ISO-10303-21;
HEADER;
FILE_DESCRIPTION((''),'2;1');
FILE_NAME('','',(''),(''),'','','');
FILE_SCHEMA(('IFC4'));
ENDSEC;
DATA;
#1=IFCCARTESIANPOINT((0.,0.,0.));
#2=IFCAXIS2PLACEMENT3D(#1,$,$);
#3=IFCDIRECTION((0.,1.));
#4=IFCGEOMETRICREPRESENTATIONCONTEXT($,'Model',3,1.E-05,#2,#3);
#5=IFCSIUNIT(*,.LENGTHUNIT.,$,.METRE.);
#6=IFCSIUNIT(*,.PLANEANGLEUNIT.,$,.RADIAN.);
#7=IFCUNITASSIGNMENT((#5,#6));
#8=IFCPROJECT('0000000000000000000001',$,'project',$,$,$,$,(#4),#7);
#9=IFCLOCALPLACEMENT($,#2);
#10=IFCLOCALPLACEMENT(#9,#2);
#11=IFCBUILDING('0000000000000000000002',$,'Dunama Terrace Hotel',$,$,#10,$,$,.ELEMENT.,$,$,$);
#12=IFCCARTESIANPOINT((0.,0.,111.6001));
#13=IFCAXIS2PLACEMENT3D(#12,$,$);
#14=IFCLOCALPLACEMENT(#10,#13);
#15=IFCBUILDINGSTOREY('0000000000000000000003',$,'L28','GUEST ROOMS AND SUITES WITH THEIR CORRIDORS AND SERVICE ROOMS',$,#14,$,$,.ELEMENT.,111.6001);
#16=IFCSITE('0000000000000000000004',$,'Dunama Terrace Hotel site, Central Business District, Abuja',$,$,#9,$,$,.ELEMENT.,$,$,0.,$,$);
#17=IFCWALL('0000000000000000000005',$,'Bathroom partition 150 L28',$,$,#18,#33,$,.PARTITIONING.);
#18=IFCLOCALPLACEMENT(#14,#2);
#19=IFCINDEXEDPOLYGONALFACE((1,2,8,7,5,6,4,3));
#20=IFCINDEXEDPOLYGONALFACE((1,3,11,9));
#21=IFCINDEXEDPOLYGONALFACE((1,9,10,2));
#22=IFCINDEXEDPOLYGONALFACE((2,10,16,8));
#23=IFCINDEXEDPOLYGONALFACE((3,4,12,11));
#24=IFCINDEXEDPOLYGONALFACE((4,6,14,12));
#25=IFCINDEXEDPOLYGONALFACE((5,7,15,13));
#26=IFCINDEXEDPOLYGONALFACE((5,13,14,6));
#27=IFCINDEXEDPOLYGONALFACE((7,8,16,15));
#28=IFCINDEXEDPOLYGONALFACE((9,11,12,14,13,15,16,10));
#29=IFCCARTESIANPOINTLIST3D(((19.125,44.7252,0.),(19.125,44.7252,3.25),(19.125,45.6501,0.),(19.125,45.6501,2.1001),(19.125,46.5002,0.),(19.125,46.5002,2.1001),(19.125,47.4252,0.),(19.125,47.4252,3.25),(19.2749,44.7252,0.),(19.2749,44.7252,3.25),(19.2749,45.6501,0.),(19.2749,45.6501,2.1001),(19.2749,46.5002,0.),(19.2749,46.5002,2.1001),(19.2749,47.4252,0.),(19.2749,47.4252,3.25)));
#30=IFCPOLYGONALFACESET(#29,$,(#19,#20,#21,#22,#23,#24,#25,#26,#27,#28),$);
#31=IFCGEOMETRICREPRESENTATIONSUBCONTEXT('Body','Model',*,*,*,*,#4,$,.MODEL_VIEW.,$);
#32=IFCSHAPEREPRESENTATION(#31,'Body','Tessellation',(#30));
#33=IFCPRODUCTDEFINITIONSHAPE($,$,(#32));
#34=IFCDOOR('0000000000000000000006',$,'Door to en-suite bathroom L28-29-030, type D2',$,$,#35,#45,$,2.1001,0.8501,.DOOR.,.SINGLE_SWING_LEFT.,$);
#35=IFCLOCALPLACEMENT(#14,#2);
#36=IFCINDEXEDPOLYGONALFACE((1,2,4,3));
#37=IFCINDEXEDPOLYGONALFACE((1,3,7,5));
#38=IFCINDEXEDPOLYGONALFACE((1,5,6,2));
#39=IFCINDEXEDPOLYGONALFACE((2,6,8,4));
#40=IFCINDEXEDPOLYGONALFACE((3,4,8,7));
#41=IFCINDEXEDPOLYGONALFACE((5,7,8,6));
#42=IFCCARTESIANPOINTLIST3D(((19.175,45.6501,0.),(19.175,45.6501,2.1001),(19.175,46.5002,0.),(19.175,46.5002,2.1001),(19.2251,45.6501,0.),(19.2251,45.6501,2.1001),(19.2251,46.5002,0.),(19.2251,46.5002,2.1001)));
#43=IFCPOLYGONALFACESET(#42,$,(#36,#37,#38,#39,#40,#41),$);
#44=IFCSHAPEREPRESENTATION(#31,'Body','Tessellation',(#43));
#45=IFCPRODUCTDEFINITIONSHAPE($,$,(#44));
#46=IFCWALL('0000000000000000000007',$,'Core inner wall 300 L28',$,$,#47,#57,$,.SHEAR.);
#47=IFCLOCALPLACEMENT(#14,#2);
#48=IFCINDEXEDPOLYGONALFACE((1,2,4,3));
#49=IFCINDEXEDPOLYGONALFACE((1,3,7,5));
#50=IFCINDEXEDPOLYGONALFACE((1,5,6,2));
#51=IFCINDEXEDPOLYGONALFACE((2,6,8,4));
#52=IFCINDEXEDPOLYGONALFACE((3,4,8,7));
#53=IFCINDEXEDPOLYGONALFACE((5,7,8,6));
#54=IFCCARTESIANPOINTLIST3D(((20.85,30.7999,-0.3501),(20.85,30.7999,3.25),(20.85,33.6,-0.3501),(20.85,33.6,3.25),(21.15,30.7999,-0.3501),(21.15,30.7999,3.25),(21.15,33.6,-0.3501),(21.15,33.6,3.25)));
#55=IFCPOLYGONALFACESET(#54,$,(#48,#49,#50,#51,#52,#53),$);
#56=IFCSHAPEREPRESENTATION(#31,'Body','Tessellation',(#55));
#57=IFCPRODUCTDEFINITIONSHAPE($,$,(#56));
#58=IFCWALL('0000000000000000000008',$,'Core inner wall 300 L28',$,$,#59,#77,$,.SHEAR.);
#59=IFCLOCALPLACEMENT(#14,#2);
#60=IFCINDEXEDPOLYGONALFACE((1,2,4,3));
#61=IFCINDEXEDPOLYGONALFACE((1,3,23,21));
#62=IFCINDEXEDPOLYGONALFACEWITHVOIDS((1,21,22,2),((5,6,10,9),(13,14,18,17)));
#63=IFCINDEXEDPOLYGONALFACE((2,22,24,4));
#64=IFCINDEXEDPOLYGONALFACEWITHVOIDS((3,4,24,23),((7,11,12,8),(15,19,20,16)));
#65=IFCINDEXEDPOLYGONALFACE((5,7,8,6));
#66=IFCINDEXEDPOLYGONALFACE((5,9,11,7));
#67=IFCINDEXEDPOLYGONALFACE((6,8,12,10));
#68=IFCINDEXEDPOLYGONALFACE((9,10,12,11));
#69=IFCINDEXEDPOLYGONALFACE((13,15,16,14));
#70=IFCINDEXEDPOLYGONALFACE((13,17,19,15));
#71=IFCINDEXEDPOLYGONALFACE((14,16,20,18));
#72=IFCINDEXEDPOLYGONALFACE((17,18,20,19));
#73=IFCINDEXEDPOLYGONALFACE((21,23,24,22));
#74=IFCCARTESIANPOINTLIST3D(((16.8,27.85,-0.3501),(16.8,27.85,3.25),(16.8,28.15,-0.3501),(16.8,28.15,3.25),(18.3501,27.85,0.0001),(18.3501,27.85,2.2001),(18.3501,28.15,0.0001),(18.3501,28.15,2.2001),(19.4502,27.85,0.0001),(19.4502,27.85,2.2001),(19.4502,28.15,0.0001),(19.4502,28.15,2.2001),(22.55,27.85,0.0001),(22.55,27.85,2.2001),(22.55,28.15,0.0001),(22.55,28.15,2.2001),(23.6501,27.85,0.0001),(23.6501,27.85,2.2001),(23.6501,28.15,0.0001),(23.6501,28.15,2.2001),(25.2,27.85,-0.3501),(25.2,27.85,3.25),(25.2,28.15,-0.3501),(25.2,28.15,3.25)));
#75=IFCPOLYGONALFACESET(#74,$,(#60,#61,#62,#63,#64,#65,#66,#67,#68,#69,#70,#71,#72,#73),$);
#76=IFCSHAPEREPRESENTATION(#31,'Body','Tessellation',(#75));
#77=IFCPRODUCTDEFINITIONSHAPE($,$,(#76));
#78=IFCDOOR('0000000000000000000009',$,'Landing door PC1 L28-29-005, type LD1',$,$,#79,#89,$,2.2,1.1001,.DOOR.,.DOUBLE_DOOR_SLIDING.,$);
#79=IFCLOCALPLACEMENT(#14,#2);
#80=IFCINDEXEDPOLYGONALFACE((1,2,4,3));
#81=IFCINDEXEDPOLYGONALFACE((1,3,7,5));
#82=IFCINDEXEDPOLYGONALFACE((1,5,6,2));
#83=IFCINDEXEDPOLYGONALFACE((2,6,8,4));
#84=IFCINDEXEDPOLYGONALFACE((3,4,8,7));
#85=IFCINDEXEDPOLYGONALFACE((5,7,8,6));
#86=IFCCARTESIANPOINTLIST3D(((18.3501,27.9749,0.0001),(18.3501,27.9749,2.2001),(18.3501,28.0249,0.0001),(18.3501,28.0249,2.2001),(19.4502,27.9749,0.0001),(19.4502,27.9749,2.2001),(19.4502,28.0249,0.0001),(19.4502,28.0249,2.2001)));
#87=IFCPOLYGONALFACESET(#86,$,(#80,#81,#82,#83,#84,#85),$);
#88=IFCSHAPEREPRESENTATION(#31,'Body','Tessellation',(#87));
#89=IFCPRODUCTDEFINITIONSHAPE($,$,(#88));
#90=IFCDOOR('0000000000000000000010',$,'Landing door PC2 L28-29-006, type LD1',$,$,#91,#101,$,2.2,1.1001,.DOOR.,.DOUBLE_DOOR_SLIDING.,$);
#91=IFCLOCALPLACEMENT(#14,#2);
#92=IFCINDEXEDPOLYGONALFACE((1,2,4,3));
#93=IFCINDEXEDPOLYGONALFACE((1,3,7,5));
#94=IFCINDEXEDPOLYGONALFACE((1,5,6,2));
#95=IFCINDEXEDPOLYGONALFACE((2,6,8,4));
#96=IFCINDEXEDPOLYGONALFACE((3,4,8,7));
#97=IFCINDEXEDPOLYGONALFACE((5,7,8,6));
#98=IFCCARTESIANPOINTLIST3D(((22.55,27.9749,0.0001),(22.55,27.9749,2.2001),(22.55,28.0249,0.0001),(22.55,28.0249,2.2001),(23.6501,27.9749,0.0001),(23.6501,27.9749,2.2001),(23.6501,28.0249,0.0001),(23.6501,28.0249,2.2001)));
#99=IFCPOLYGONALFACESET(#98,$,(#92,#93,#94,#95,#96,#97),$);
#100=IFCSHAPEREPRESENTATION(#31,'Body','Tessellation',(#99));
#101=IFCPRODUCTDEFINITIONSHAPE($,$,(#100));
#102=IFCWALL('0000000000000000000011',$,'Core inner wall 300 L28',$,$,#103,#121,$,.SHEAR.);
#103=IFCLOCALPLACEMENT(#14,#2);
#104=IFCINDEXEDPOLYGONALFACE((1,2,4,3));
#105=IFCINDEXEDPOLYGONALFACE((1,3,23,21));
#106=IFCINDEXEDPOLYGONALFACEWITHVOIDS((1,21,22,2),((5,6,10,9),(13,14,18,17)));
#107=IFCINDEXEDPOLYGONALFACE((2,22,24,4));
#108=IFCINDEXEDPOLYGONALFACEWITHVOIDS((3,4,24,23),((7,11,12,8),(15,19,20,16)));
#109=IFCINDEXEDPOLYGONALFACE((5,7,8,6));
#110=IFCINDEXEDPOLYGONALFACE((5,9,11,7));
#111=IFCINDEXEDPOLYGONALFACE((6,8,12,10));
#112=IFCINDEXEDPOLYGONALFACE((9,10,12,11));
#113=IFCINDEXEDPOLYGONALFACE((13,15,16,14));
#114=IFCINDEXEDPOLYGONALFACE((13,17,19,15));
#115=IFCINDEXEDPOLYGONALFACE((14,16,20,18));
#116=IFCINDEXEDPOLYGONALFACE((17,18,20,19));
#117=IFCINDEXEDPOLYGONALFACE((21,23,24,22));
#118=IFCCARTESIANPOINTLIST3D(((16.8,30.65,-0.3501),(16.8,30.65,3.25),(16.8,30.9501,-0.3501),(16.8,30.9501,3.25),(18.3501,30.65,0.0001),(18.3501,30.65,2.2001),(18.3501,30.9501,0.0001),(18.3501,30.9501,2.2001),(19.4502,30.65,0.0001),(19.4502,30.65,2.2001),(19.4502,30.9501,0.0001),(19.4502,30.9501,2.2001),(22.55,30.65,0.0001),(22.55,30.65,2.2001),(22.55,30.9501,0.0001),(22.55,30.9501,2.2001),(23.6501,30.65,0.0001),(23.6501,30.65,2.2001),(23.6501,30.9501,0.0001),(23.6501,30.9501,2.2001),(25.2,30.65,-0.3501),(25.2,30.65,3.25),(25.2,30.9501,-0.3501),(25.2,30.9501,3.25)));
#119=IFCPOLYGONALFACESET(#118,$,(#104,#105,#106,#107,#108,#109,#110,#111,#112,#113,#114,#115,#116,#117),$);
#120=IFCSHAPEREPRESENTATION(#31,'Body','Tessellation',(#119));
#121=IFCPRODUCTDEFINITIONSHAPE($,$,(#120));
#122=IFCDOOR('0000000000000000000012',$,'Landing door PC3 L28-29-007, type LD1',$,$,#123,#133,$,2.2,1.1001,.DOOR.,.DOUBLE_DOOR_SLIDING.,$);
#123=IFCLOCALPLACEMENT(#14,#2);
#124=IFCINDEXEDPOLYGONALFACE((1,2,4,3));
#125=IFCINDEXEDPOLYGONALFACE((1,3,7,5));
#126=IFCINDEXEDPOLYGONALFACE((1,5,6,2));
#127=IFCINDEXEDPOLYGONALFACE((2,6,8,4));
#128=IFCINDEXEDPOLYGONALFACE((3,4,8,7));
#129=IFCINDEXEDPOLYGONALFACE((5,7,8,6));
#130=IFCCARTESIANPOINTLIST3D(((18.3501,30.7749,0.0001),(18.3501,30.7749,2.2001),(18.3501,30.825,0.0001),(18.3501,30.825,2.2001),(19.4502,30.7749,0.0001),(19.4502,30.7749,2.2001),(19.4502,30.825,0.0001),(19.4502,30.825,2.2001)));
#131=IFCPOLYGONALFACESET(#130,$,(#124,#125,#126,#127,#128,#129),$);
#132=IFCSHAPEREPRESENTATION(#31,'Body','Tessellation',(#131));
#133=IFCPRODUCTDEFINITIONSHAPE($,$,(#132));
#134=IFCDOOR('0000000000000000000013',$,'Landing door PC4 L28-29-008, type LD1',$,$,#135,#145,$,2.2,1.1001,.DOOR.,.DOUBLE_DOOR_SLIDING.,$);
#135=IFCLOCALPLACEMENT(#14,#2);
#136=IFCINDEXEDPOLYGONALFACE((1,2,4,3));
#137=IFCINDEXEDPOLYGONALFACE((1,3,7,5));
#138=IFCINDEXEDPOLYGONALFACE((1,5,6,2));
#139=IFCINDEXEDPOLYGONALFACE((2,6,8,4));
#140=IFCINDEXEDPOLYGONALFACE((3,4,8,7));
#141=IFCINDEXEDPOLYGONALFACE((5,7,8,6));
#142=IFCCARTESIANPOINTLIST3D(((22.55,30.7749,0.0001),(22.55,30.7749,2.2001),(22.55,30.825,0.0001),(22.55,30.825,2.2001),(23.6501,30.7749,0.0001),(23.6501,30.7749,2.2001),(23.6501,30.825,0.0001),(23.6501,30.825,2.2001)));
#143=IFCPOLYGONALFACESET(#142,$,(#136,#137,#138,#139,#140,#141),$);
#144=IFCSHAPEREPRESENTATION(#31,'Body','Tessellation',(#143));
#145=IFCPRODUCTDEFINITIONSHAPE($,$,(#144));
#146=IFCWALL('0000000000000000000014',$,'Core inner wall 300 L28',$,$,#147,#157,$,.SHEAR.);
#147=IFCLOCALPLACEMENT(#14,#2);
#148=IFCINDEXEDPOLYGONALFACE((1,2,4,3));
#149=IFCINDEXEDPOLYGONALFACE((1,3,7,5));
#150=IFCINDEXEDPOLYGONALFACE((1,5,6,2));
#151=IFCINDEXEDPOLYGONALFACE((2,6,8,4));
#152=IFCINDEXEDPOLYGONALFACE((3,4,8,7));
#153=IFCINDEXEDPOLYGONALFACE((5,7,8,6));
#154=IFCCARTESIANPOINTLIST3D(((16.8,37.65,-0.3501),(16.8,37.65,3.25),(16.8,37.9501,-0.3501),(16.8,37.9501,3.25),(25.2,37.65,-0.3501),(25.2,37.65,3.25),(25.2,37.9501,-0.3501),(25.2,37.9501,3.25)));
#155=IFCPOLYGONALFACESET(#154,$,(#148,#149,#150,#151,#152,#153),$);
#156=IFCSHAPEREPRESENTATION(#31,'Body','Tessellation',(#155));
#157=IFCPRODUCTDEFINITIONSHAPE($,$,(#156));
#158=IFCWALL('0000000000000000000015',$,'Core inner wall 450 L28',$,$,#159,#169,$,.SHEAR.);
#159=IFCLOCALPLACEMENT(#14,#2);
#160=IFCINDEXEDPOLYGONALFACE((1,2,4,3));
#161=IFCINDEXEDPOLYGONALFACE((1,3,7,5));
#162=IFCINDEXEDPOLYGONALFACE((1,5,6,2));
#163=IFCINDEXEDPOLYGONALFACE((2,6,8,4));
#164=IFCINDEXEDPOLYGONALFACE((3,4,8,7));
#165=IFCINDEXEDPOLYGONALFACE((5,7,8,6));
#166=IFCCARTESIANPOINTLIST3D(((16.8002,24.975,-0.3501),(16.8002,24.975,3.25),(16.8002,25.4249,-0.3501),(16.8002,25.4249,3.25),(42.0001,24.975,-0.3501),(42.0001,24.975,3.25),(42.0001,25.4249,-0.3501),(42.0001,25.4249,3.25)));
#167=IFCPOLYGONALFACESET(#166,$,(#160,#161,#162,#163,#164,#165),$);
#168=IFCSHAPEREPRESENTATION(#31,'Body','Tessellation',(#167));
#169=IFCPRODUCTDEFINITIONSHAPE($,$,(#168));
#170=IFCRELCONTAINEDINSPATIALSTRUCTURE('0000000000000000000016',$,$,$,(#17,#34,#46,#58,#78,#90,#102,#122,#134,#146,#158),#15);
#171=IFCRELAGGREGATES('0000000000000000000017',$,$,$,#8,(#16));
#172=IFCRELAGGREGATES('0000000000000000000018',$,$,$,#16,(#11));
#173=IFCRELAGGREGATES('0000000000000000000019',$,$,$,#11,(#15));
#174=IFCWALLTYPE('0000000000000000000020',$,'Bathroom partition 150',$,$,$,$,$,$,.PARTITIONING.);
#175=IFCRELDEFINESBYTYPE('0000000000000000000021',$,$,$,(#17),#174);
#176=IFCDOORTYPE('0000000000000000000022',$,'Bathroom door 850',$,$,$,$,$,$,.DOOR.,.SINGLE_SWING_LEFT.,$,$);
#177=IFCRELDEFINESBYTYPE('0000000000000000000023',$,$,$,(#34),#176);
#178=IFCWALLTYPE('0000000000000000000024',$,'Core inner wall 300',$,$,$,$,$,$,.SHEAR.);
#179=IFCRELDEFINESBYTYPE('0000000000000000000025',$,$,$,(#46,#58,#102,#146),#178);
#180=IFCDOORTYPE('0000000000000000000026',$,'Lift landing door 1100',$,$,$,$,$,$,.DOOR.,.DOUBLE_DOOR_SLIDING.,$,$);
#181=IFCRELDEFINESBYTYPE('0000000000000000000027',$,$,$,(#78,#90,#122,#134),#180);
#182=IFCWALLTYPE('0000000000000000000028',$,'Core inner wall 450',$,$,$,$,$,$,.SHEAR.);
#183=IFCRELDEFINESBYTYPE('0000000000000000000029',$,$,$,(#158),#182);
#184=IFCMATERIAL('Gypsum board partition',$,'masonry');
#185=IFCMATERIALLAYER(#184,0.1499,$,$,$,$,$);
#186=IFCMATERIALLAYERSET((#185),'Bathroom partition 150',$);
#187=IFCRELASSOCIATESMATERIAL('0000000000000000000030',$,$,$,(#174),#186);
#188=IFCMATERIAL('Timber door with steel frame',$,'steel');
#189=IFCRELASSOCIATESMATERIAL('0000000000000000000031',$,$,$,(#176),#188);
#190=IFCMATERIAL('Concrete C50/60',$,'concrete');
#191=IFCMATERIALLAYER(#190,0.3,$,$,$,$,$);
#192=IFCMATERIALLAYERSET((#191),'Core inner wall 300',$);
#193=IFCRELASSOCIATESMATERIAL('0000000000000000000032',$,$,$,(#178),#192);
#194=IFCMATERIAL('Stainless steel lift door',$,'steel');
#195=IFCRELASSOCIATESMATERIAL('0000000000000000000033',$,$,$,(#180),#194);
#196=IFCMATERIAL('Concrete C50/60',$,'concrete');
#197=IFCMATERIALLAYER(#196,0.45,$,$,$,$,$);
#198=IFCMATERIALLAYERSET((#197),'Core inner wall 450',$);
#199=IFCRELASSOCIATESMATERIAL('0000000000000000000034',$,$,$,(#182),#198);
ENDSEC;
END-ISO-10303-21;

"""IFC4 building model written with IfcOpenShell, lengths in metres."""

from ifc_helpers import new_model, si_unit, direction, frame, frame_2d, origin, place, context, subcontext, project, spatial, rectangle, extrude, material, layer, layer_set, type_object, element, fill, save


model = new_model("IFC4")

# Units and contexts
model_context = context("Model", 3, precision=1e-05, world=origin(), true_north=direction((0.0, 1.0)))
body_context = subcontext(model_context, "Body", "Model", "MODEL_VIEW")
ifc_project = project(units=[si_unit("LENGTHUNIT", "METRE"), si_unit("PLANEANGLEUNIT", "RADIAN")], contexts=[model_context])

# Site, building, storey
site_placement = place(None, origin())
site = spatial("IfcSite", under=ifc_project, at=site_placement, Name="Dunama Terrace Hotel site, Central Business District, Abuja", CompositionType="ELEMENT", RefElevation=0.0)
building_placement = place(site_placement, origin())
building = spatial("IfcBuilding", under=site, at=building_placement, Name="Dunama Terrace Hotel", CompositionType="ELEMENT")
storey_placement = place(building_placement, frame((0.0, 0.0, 111.6001)))
storey = spatial("IfcBuildingStorey", under=building, at=storey_placement, Name="L28", Description="GUEST ROOMS AND SUITES WITH THEIR CORRIDORS AND SERVICE ROOMS", CompositionType="ELEMENT", Elevation=111.6001)

# Wall, opening, door
ifc_material_1 = material(Name="Gypsum board partition", Category="masonry")
ifc_layer_1 = layer(ifc_material_1, 0.1499)
ifc_layer_set_1 = layer_set([ifc_layer_1], Name="Bathroom partition 150")
wall_type_1 = type_object("IfcWallType", Name="Bathroom partition 150", PredefinedType="PARTITIONING", material=ifc_layer_set_1)
wall_1_placement = place(storey_placement, frame((19.2, 44.7251, 0.0), z_axis=(0.0, 0.0, 1.0), x_axis=(0.0, 1.0, 0.0)))
wall_1 = element("IfcWall", 1, at=wall_1_placement, inside=storey, type_object=wall_type_1, Name="Bathroom partition 150 L28", PredefinedType="PARTITIONING", context=body_context, shape_type="SweptSolid", body=[
    extrude(rectangle(XDim=2.7, YDim=0.1499, at=frame_2d((1.3501, 0.0))), origin(), (0.0, 0.0, 1.0), 3.25),
])
opening_1_placement = place(wall_1_placement, frame((0.925, 0.0, 0.0)))
opening_1 = element("IfcOpeningElement", 2, at=opening_1_placement, cuts=wall_1, PredefinedType="OPENING", context=body_context, shape_type="SweptSolid", body=[
    extrude(rectangle(XDim=0.8501, YDim=2.1001, at=frame_2d((0.425, 1.05))), frame((0.0, 0.085, 0.0), z_axis=(0.0, -1.0, 0.0), x_axis=(1.0, 0.0, 0.0)), (0.0, 0.0, 1.0), 0.1699),
])
ifc_material_2 = material(Name="Timber door with steel frame", Category="steel")
door_type_1 = type_object("IfcDoorType", Name="Bathroom door 850", OperationType="SINGLE_SWING_LEFT", PredefinedType="DOOR", material=ifc_material_2)
door_1_placement = place(opening_1_placement, origin())
door_1 = element("IfcDoor", 3, at=door_1_placement, inside=storey, type_object=door_type_1, Name="Door to en-suite bathroom L28-29-030, type D2", OperationType="SINGLE_SWING_LEFT", OverallHeight=2.1001, OverallWidth=0.8501, PredefinedType="DOOR", context=body_context, shape_type="SweptSolid", body=[
    extrude(rectangle(XDim=0.8501, YDim=2.1001, at=frame_2d((0.425, 1.05))), frame((0.0, 0.0249, 0.0), z_axis=(0.0, -1.0, 0.0), x_axis=(1.0, 0.0, 0.0)), (0.0, 0.0, 1.0), 0.05),
])
fill(opening_1, door_1)

# Wall
ifc_material_3 = material(Name="Concrete C50/60", Category="concrete")
ifc_layer_2 = layer(ifc_material_3, 0.3)
ifc_layer_set_2 = layer_set([ifc_layer_2], Name="Core inner wall 300")
wall_type_2 = type_object("IfcWallType", Name="Core inner wall 300", PredefinedType="SHEAR", material=ifc_layer_set_2)
wall_2_placement = place(storey_placement, frame((21.0, 30.8, -0.3501), z_axis=(0.0, 0.0, 1.0), x_axis=(0.0, 1.0, 0.0)))
element("IfcWall", 4, at=wall_2_placement, inside=storey, type_object=wall_type_2, Name="Core inner wall 300 L28", PredefinedType="SHEAR", context=body_context, shape_type="SweptSolid", body=[
    extrude(rectangle(XDim=2.8, YDim=0.3, at=frame_2d((1.3999, 0.0))), origin(), (0.0, 0.0, 1.0), 3.6001),
])

# Walls, openings, doors
wall_3_placement = place(storey_placement, frame((16.8, 28.0, -0.3501), z_axis=(0.0, 0.0, 1.0), x_axis=(1.0, 0.0, 0.0)))
wall_3 = element("IfcWall", 5, at=wall_3_placement, inside=storey, type_object=wall_type_2, Name="Core inner wall 300 L28", PredefinedType="SHEAR", context=body_context, shape_type="SweptSolid", body=[
    extrude(rectangle(XDim=8.3999, YDim=0.3, at=frame_2d((4.2, 0.0))), origin(), (0.0, 0.0, 1.0), 3.6001),
])
opening_2_placement = place(wall_3_placement, frame((1.55, 0.0, 0.3501)))
opening_2 = element("IfcOpeningElement", 6, at=opening_2_placement, cuts=wall_3, PredefinedType="OPENING", context=body_context, shape_type="SweptSolid", body=[
    extrude(rectangle(XDim=1.1001, YDim=2.2, at=frame_2d((0.55, 1.1001))), frame((0.0, 0.1599, 0.0), z_axis=(0.0, -1.0, 0.0), x_axis=(1.0, 0.0, 0.0)), (0.0, 0.0, 1.0), 0.3201),
])
opening_3_placement = place(wall_3_placement, frame((5.75, 0.0, 0.3501)))
opening_3 = element("IfcOpeningElement", 7, at=opening_3_placement, cuts=wall_3, PredefinedType="OPENING", context=body_context, shape_type="SweptSolid", body=[
    extrude(rectangle(XDim=1.1001, YDim=2.2, at=frame_2d((0.55, 1.1001))), frame((0.0, 0.1599, 0.0), z_axis=(0.0, -1.0, 0.0), x_axis=(1.0, 0.0, 0.0)), (0.0, 0.0, 1.0), 0.3201),
])
ifc_material_4 = material(Name="Stainless steel lift door", Category="steel")
door_type_2 = type_object("IfcDoorType", Name="Lift landing door 1100", OperationType="DOUBLE_DOOR_SLIDING", PredefinedType="DOOR", material=ifc_material_4)
door_2_placement = place(opening_2_placement, origin())
door_2 = element("IfcDoor", 8, at=door_2_placement, inside=storey, type_object=door_type_2, Name="Landing door PC1 L28-29-005, type LD1", OperationType="DOUBLE_DOOR_SLIDING", OverallHeight=2.2, OverallWidth=1.1001, PredefinedType="DOOR", context=body_context, shape_type="SweptSolid", body=[
    extrude(rectangle(XDim=1.1001, YDim=2.2, at=frame_2d((0.55, 1.1001))), frame((0.0, 0.0249, 0.0), z_axis=(0.0, -1.0, 0.0), x_axis=(1.0, 0.0, 0.0)), (0.0, 0.0, 1.0), 0.05),
])
fill(opening_2, door_2)
door_3_placement = place(opening_3_placement, origin())
door_3 = element("IfcDoor", 9, at=door_3_placement, inside=storey, type_object=door_type_2, Name="Landing door PC2 L28-29-006, type LD1", OperationType="DOUBLE_DOOR_SLIDING", OverallHeight=2.2, OverallWidth=1.1001, PredefinedType="DOOR", context=body_context, shape_type="SweptSolid", body=[
    extrude(rectangle(XDim=1.1001, YDim=2.2, at=frame_2d((0.55, 1.1001))), frame((0.0, 0.0249, 0.0), z_axis=(0.0, -1.0, 0.0), x_axis=(1.0, 0.0, 0.0)), (0.0, 0.0, 1.0), 0.05),
])
fill(opening_3, door_3)
wall_4_placement = place(storey_placement, frame((16.8, 30.8, -0.3501), z_axis=(0.0, 0.0, 1.0), x_axis=(1.0, 0.0, 0.0)))
wall_4 = element("IfcWall", 10, at=wall_4_placement, inside=storey, type_object=wall_type_2, Name="Core inner wall 300 L28", PredefinedType="SHEAR", context=body_context, shape_type="SweptSolid", body=[
    extrude(rectangle(XDim=8.3999, YDim=0.3, at=frame_2d((4.2, 0.0))), origin(), (0.0, 0.0, 1.0), 3.6001),
])
opening_4_placement = place(wall_4_placement, frame((1.55, 0.0, 0.3501)))
opening_4 = element("IfcOpeningElement", 11, at=opening_4_placement, cuts=wall_4, PredefinedType="OPENING", context=body_context, shape_type="SweptSolid", body=[
    extrude(rectangle(XDim=1.1001, YDim=2.2, at=frame_2d((0.55, 1.1001))), frame((0.0, 0.1599, 0.0), z_axis=(0.0, -1.0, 0.0), x_axis=(1.0, 0.0, 0.0)), (0.0, 0.0, 1.0), 0.3201),
])
opening_5_placement = place(wall_4_placement, frame((5.75, 0.0, 0.3501)))
opening_5 = element("IfcOpeningElement", 12, at=opening_5_placement, cuts=wall_4, PredefinedType="OPENING", context=body_context, shape_type="SweptSolid", body=[
    extrude(rectangle(XDim=1.1001, YDim=2.2, at=frame_2d((0.55, 1.1001))), frame((0.0, 0.1599, 0.0), z_axis=(0.0, -1.0, 0.0), x_axis=(1.0, 0.0, 0.0)), (0.0, 0.0, 1.0), 0.3201),
])
door_4_placement = place(opening_4_placement, origin())
door_4 = element("IfcDoor", 13, at=door_4_placement, inside=storey, type_object=door_type_2, Name="Landing door PC3 L28-29-007, type LD1", OperationType="DOUBLE_DOOR_SLIDING", OverallHeight=2.2, OverallWidth=1.1001, PredefinedType="DOOR", context=body_context, shape_type="SweptSolid", body=[
    extrude(rectangle(XDim=1.1001, YDim=2.2, at=frame_2d((0.55, 1.1001))), frame((0.0, 0.0249, 0.0), z_axis=(0.0, -1.0, 0.0), x_axis=(1.0, 0.0, 0.0)), (0.0, 0.0, 1.0), 0.05),
])
fill(opening_4, door_4)
door_5_placement = place(opening_5_placement, origin())
door_5 = element("IfcDoor", 14, at=door_5_placement, inside=storey, type_object=door_type_2, Name="Landing door PC4 L28-29-008, type LD1", OperationType="DOUBLE_DOOR_SLIDING", OverallHeight=2.2, OverallWidth=1.1001, PredefinedType="DOOR", context=body_context, shape_type="SweptSolid", body=[
    extrude(rectangle(XDim=1.1001, YDim=2.2, at=frame_2d((0.55, 1.1001))), frame((0.0, 0.0249, 0.0), z_axis=(0.0, -1.0, 0.0), x_axis=(1.0, 0.0, 0.0)), (0.0, 0.0, 1.0), 0.05),
])
fill(opening_5, door_5)

# Walls
wall_5_placement = place(storey_placement, frame((16.8, 37.8, -0.3501), z_axis=(0.0, 0.0, 1.0), x_axis=(1.0, 0.0, 0.0)))
element("IfcWall", 15, at=wall_5_placement, inside=storey, type_object=wall_type_2, Name="Core inner wall 300 L28", PredefinedType="SHEAR", context=body_context, shape_type="SweptSolid", body=[
    extrude(rectangle(XDim=8.3999, YDim=0.3, at=frame_2d((4.2, 0.0))), origin(), (0.0, 0.0, 1.0), 3.6001),
])
ifc_material_5 = material(Name="Concrete C50/60", Category="concrete")
ifc_layer_3 = layer(ifc_material_5, 0.45)
ifc_layer_set_3 = layer_set([ifc_layer_3], Name="Core inner wall 450")
wall_type_3 = type_object("IfcWallType", Name="Core inner wall 450", PredefinedType="SHEAR", material=ifc_layer_set_3)
wall_6_placement = place(storey_placement, frame((16.8, 25.2, -0.3501), z_axis=(0.0, 0.0, 1.0), x_axis=(1.0, 0.0, 0.0)))
element("IfcWall", 16, at=wall_6_placement, inside=storey, type_object=wall_type_3, Name="Core inner wall 450 L28", PredefinedType="SHEAR", context=body_context, shape_type="SweptSolid", body=[
    extrude(rectangle(XDim=25.2, YDim=0.45, at=frame_2d((12.6001, 0.0))), origin(), (0.0, 0.0, 1.0), 3.6001),
])

save(model, "model.ifc")
